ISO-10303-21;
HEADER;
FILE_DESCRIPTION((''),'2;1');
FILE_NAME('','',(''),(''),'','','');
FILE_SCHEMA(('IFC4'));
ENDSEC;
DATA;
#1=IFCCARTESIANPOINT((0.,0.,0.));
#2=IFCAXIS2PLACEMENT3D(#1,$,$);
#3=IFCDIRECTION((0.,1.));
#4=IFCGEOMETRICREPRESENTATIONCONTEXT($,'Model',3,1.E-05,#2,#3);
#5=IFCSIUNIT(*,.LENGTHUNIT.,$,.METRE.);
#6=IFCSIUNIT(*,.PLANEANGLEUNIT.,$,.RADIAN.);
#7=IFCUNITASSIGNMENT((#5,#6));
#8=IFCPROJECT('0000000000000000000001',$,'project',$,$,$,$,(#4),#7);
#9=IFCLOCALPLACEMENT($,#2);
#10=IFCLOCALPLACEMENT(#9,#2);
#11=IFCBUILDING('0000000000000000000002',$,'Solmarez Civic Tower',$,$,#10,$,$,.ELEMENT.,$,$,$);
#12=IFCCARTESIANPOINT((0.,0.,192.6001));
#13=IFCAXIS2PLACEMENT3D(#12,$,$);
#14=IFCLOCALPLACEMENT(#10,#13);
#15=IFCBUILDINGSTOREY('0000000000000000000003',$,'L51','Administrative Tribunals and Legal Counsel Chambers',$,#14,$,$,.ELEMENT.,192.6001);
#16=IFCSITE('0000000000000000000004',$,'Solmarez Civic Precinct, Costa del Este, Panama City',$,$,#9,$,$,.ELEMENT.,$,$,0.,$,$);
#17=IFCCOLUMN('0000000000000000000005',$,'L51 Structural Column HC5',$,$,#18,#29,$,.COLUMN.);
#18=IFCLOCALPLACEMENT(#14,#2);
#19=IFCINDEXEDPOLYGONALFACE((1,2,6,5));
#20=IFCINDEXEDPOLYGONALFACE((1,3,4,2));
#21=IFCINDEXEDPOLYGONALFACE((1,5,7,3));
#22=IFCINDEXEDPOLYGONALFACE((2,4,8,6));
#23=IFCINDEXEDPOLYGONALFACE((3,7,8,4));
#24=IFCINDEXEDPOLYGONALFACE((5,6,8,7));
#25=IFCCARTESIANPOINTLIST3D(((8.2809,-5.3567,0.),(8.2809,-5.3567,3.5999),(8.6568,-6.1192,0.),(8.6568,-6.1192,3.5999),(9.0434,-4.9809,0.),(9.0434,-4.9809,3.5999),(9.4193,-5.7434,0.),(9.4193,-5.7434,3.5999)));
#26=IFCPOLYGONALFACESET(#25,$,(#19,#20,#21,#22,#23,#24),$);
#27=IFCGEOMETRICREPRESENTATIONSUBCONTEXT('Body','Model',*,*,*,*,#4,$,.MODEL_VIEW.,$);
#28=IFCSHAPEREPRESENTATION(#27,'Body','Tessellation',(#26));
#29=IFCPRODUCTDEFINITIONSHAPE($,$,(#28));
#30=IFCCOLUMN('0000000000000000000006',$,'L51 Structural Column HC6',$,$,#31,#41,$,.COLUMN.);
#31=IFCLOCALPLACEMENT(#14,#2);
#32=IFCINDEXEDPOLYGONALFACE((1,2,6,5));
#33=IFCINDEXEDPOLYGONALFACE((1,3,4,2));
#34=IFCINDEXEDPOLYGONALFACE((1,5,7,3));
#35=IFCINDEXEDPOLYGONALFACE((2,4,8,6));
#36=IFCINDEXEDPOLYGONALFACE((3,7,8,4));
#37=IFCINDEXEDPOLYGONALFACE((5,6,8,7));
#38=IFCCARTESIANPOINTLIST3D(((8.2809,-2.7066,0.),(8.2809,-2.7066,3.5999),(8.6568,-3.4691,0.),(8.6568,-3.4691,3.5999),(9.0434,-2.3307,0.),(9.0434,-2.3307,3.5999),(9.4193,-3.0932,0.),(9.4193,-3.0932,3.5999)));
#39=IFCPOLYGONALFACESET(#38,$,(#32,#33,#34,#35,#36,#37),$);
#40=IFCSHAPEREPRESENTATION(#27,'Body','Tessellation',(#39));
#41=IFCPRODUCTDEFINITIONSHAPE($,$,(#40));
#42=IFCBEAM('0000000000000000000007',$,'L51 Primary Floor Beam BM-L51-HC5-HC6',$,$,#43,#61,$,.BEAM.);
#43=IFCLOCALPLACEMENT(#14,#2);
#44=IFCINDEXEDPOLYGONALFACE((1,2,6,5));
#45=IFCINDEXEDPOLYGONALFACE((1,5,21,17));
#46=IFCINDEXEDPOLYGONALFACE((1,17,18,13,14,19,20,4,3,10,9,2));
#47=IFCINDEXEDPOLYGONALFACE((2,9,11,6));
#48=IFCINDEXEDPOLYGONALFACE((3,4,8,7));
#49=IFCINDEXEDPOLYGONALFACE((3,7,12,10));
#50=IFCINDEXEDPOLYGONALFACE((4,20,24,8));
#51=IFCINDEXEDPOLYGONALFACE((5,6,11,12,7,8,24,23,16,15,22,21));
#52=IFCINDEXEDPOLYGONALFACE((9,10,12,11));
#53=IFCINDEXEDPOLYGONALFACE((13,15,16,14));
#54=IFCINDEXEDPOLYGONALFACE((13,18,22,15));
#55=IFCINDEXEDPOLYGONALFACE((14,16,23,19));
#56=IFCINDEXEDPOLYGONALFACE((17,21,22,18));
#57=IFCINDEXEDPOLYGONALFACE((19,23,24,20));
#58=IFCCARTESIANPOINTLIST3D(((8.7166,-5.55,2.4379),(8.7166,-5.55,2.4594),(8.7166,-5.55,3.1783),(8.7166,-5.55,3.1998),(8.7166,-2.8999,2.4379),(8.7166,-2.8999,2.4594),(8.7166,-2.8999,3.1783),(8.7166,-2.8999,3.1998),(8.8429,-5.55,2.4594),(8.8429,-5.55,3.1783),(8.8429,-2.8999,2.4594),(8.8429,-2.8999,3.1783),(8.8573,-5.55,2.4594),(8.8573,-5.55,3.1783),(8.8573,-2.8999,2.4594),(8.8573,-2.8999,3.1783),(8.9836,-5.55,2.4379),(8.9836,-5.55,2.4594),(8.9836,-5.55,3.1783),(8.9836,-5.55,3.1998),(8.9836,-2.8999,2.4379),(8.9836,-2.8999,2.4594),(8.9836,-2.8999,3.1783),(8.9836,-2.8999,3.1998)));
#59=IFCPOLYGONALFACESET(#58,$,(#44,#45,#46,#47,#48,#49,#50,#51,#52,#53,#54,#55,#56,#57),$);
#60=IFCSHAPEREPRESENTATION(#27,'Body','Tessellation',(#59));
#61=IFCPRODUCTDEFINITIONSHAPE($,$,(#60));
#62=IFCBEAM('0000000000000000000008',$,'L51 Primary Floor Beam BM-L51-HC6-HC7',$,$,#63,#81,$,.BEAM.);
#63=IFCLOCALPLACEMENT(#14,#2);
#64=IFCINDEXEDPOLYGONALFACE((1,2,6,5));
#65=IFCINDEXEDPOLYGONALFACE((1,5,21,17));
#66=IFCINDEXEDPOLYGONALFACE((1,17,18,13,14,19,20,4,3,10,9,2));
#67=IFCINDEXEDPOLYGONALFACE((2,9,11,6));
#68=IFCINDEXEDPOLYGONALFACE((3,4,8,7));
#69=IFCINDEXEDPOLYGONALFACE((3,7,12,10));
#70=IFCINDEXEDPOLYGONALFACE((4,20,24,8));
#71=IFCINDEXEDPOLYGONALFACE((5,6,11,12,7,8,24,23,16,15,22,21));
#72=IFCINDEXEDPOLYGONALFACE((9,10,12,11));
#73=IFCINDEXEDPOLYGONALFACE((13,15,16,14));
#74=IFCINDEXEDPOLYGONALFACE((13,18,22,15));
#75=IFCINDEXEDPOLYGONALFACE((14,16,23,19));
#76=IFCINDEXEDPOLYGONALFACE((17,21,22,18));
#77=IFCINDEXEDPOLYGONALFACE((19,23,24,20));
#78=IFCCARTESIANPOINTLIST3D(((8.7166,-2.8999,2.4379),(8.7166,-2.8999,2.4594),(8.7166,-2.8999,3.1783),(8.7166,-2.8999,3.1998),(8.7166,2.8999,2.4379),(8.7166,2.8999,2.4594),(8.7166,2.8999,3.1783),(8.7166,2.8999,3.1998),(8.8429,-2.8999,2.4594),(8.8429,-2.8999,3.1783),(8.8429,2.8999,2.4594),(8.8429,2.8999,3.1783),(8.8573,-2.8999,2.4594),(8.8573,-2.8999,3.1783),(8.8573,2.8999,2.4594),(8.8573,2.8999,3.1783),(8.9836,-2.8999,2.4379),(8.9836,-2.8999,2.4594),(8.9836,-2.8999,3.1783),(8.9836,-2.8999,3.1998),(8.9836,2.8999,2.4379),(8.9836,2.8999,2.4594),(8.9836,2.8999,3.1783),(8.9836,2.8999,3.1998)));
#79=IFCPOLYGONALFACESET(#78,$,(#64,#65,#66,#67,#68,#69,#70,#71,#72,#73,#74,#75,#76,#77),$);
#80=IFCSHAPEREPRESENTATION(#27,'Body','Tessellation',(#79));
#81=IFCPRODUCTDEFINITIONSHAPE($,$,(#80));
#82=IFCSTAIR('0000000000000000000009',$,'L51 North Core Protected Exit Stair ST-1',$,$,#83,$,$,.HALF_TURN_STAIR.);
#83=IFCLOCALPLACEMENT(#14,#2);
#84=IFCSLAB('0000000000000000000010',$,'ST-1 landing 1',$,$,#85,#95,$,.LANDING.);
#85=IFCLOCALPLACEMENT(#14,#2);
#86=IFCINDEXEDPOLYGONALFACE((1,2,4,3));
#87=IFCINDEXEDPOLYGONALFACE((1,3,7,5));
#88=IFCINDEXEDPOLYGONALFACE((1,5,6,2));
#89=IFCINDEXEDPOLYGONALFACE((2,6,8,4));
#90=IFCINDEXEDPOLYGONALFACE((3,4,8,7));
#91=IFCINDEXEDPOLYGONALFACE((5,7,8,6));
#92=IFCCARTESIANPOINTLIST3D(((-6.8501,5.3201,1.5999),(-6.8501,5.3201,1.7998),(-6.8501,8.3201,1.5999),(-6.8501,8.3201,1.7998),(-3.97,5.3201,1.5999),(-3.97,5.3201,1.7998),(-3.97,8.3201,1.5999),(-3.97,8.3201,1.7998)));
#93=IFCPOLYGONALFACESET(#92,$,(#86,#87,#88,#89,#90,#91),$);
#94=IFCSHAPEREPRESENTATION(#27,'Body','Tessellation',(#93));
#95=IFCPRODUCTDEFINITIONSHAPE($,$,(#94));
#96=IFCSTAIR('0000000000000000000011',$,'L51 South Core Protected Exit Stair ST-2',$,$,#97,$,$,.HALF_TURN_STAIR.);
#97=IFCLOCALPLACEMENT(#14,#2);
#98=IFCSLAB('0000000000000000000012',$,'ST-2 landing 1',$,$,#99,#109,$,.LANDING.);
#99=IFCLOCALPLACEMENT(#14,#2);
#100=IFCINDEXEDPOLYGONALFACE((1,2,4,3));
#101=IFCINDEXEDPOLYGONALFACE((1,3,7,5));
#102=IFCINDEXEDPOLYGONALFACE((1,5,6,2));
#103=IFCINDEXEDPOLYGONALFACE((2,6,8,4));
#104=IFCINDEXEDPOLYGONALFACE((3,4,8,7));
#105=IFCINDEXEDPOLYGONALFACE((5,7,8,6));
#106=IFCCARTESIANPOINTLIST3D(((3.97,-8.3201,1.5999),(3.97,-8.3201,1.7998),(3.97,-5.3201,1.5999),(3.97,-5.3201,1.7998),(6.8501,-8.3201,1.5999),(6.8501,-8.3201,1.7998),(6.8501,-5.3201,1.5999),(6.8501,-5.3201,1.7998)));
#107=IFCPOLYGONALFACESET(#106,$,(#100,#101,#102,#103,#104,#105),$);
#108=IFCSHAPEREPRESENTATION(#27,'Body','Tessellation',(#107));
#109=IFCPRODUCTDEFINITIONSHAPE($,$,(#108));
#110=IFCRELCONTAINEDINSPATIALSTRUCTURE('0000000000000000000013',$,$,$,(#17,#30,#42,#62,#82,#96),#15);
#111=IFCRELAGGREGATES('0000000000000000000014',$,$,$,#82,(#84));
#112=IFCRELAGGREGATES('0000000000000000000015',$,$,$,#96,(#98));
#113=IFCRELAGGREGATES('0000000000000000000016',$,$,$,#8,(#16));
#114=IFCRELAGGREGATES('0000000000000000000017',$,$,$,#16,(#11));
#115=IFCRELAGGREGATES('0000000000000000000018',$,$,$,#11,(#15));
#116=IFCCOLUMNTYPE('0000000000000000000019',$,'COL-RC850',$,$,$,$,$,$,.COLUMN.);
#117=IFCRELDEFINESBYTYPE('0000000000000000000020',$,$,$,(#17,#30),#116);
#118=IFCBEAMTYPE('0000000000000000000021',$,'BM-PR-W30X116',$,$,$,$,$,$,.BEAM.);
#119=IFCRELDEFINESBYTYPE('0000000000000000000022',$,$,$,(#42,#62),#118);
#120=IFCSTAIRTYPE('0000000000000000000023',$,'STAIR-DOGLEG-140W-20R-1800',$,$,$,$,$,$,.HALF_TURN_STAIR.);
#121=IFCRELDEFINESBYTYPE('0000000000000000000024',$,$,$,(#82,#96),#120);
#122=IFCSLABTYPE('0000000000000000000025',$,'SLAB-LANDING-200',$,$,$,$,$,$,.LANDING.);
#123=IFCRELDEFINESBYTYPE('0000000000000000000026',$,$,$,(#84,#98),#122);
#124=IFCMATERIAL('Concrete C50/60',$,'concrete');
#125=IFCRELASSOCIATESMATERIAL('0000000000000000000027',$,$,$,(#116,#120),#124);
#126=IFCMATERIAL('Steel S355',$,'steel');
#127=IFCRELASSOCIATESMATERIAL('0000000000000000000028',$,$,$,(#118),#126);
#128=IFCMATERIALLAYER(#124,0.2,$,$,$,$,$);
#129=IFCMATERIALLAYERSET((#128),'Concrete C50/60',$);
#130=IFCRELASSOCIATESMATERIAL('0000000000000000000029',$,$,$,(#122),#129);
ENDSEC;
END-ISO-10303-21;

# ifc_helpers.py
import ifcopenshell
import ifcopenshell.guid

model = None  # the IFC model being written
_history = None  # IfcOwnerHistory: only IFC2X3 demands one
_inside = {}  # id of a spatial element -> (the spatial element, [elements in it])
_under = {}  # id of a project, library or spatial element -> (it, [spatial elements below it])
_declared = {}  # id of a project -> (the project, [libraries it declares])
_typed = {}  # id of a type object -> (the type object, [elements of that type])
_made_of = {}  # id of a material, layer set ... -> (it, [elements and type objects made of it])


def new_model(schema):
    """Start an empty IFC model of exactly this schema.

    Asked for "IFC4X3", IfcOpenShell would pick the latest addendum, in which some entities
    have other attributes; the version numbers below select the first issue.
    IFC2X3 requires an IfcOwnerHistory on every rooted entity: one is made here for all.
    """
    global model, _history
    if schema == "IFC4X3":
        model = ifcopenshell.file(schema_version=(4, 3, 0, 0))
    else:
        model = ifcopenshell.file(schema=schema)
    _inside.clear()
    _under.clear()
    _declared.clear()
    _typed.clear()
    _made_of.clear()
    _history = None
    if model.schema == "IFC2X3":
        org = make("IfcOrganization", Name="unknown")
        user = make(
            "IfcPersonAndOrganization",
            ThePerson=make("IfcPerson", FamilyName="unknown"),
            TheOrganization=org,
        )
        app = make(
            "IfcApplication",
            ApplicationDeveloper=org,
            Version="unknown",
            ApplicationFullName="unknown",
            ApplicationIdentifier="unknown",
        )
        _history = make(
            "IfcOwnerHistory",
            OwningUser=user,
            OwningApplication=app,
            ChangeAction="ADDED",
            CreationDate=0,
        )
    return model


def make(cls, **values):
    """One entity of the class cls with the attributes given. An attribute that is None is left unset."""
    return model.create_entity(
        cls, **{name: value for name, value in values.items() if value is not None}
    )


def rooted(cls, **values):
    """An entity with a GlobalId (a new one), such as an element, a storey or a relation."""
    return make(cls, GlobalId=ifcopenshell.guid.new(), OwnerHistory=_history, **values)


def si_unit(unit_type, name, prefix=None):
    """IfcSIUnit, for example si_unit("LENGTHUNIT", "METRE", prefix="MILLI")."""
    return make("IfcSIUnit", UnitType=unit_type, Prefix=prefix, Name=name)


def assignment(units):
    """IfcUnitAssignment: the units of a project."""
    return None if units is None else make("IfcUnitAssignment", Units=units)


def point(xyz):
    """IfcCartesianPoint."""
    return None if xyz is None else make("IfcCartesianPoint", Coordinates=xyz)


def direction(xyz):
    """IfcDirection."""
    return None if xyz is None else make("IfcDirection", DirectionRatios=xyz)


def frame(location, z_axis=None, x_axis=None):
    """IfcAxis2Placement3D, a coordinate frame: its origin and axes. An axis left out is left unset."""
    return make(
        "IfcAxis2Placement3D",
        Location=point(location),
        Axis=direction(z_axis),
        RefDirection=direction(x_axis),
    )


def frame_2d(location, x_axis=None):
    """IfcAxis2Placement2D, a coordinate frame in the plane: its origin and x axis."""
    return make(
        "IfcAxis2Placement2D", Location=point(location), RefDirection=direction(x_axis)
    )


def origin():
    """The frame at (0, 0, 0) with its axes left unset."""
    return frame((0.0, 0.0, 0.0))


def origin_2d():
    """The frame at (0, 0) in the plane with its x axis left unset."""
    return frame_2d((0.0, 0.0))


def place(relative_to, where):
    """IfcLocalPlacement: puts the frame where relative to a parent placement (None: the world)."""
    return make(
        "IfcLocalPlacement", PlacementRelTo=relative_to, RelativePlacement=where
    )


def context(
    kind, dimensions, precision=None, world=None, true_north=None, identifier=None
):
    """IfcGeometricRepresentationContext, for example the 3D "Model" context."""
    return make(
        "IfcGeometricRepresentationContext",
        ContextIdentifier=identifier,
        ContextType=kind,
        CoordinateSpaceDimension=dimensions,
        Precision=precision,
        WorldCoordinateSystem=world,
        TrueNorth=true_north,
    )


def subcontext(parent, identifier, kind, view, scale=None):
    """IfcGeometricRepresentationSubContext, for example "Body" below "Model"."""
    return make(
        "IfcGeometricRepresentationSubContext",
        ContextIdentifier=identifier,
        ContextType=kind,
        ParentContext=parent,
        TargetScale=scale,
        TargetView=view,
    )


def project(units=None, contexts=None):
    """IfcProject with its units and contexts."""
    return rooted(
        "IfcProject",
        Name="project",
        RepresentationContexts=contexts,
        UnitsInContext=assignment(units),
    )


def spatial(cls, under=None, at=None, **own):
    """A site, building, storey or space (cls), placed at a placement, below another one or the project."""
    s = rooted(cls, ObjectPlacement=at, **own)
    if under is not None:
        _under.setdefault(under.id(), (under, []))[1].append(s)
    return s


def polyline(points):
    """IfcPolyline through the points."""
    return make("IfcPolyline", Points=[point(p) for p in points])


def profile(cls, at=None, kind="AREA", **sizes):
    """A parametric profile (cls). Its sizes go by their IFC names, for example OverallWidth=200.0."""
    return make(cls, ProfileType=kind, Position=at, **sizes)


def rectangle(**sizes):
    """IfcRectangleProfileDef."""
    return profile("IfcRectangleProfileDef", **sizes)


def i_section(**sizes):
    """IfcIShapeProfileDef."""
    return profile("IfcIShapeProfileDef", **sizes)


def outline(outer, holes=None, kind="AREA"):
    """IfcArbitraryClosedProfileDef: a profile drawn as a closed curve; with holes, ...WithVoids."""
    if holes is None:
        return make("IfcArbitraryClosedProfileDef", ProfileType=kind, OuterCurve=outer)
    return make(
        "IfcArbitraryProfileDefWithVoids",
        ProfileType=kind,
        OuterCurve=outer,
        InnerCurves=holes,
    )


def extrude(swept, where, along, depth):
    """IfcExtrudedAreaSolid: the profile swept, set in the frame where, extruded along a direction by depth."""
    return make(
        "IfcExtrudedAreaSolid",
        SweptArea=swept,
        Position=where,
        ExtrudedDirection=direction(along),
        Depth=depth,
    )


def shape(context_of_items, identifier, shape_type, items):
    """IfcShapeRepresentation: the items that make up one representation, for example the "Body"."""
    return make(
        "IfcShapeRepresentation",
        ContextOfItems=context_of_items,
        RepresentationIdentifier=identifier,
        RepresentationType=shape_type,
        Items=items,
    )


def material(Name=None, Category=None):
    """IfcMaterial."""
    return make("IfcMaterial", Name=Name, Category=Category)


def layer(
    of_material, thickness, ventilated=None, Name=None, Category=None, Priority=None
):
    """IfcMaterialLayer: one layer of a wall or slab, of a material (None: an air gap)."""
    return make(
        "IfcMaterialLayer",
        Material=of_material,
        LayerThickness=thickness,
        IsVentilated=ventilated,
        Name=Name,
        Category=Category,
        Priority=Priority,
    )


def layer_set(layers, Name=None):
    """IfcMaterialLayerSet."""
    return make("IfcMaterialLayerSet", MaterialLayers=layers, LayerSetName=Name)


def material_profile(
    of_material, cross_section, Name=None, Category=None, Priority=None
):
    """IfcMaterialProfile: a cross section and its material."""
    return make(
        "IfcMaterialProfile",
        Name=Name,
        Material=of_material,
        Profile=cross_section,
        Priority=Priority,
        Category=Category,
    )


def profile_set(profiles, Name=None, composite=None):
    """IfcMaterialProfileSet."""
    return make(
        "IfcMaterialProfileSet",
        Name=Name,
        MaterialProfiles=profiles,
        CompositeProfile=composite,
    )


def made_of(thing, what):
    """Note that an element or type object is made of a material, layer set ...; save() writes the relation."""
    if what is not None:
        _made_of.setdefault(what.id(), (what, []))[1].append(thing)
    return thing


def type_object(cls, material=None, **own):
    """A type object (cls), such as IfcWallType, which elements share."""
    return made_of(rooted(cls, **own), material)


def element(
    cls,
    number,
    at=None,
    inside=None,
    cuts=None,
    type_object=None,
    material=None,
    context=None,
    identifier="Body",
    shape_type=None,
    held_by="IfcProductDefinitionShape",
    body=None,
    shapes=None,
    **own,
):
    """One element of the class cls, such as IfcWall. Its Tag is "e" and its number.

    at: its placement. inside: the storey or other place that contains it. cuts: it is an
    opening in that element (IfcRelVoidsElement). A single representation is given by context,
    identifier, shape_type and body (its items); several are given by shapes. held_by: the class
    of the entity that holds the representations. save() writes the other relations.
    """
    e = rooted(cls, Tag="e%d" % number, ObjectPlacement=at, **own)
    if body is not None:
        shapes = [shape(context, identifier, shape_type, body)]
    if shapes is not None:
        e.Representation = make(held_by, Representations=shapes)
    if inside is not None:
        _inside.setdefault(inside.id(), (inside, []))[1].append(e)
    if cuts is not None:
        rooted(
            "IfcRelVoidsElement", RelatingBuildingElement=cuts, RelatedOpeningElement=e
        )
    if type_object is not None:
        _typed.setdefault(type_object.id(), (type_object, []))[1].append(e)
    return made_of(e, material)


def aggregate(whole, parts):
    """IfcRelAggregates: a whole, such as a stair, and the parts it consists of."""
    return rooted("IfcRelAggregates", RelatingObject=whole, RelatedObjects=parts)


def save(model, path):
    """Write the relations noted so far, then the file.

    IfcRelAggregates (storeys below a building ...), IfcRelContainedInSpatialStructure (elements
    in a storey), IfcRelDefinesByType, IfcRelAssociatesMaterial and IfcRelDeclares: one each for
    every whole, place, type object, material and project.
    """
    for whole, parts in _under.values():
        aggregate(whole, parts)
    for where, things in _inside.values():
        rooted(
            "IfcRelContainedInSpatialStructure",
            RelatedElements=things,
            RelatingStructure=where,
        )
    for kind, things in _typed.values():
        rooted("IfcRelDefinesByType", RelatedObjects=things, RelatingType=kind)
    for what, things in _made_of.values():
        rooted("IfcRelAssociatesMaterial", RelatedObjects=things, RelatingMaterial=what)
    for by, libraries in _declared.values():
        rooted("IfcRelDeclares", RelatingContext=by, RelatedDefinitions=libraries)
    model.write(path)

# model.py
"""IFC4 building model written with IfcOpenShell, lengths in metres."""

from ifc_helpers import new_model, si_unit, direction, frame, origin, origin_2d, place, context, subcontext, project, spatial, polyline, rectangle, i_section, outline, extrude, material, layer, layer_set, material_profile, profile_set, type_object, element, aggregate, save


model = new_model("IFC4")

# Units and contexts
model_context = context("Model", 3, precision=1e-05, world=origin(), true_north=direction((0.0, 1.0)))
body_context = subcontext(model_context, "Body", "Model", "MODEL_VIEW")
ifc_project = project(units=[si_unit("LENGTHUNIT", "METRE"), si_unit("PLANEANGLEUNIT", "RADIAN")], contexts=[model_context])

# Site, building, storey
site_placement = place(None, origin())
site = spatial("IfcSite", under=ifc_project, at=site_placement, Name="Solmarez Civic Precinct, Costa del Este, Panama City", CompositionType="ELEMENT", RefElevation=0.0)
building_placement = place(site_placement, origin())
building = spatial("IfcBuilding", under=site, at=building_placement, Name="Solmarez Civic Tower", CompositionType="ELEMENT")
storey_placement = place(building_placement, frame((0.0, 0.0, 192.6001)))
storey = spatial("IfcBuildingStorey", under=building, at=storey_placement, Name="L51", Description="Administrative Tribunals and Legal Counsel Chambers", CompositionType="ELEMENT", Elevation=192.6001)

# Columns
ifc_material_1 = material(Name="Concrete C50/60", Category="concrete")
ifc_material_profile_1 = material_profile(ifc_material_1, rectangle(XDim=0.8501, YDim=0.8501, at=origin_2d()), Name="RC850X850")
ifc_profile_set_1 = profile_set([ifc_material_profile_1], Name="Concrete C50/60")
column_type = type_object("IfcColumnType", Name="COL-RC850", PredefinedType="COLUMN", material=ifc_profile_set_1)
for number, where, z_axis, x_axis, name in (
    (1, (8.8501, -5.55, 0.0), (0.0, 0.0, 1.0), (0.89695, 0.442132, 0.0), "L51 Structural Column HC5"),
    (2, (8.8501, -2.8999, 0.0), (0.0, 0.0, 1.0), (0.89695, 0.442132, 0.0), "L51 Structural Column HC6"),
):
    element("IfcColumn", number, at=place(storey_placement, frame(where, z_axis=z_axis, x_axis=x_axis)), inside=storey, type_object=column_type, Name=name, PredefinedType="COLUMN", context=body_context, shape_type="SweptSolid", body=[
        extrude(rectangle(XDim=0.8501, YDim=0.8501, at=origin_2d()), origin(), (0.0, 0.0, 1.0), 3.5999),
    ])

# Beams
ifc_material_2 = material(Name="Steel S355", Category="steel")
ifc_material_profile_2 = material_profile(ifc_material_2, i_section(OverallWidth=0.2671, OverallDepth=0.762, WebThickness=0.0144, FlangeThickness=0.0215, at=origin_2d()), Name="W30X116")
ifc_profile_set_2 = profile_set([ifc_material_profile_2], Name="Steel S355")
beam_type = type_object("IfcBeamType", Name="BM-PR-W30X116", PredefinedType="BEAM", material=ifc_profile_set_2)
beam_1_placement = place(storey_placement, frame((8.8501, -5.55, 2.8188), z_axis=(0.0, 1.0, 0.0), x_axis=(-1.0, 0.0, 0.0)))
element("IfcBeam", 3, at=beam_1_placement, inside=storey, type_object=beam_type, Name="L51 Primary Floor Beam BM-L51-HC5-HC6", PredefinedType="BEAM", context=body_context, shape_type="SweptSolid", body=[
    extrude(i_section(OverallWidth=0.2671, OverallDepth=0.762, WebThickness=0.0144, FlangeThickness=0.0215, at=origin_2d()), origin(), (0.0, 0.0, 1.0), 2.6501),
])
beam_2_placement = place(storey_placement, frame((8.8501, -2.8999, 2.8188), z_axis=(0.0, 1.0, 0.0), x_axis=(-1.0, 0.0, 0.0)))
element("IfcBeam", 4, at=beam_2_placement, inside=storey, type_object=beam_type, Name="L51 Primary Floor Beam BM-L51-HC6-HC7", PredefinedType="BEAM", context=body_context, shape_type="SweptSolid", body=[
    extrude(i_section(OverallWidth=0.2671, OverallDepth=0.762, WebThickness=0.0144, FlangeThickness=0.0215, at=origin_2d()), origin(), (0.0, 0.0, 1.0), 5.7998),
])

# Stairs, slabs
stair_type = type_object("IfcStairType", Name="STAIR-DOGLEG-140W-20R-1800", PredefinedType="HALF_TURN_STAIR", material=ifc_material_1)
stair_1_placement = place(storey_placement, origin())
stair_1 = element("IfcStair", 5, at=stair_1_placement, inside=storey, type_object=stair_type, Name="L51 North Core Protected Exit Stair ST-1", PredefinedType="HALF_TURN_STAIR")
ifc_layer_1 = layer(ifc_material_1, 0.2)
ifc_layer_set_1 = layer_set([ifc_layer_1], Name="Concrete C50/60")
slab_type_1 = type_object("IfcSlabType", Name="SLAB-LANDING-200", PredefinedType="LANDING", material=ifc_layer_set_1)
slab_1_placement = place(storey_placement, frame((0.0, 0.0, 1.5999)))
slab_1 = element("IfcSlab", 6, at=slab_1_placement, type_object=slab_type_1, Name="ST-1 landing 1", PredefinedType="LANDING", context=body_context, shape_type="SweptSolid", body=[
    extrude(outline(polyline([(-3.97, 8.3201), (-6.8501, 8.3201), (-6.8501, 5.3201), (-3.97, 5.3201), (-3.97, 8.3201)])), origin(), (0.0, 0.0, 1.0), 0.2),
])
aggregate(stair_1, [slab_1])
stair_2_placement = place(storey_placement, origin())
stair_2 = element("IfcStair", 7, at=stair_2_placement, inside=storey, type_object=stair_type, Name="L51 South Core Protected Exit Stair ST-2", PredefinedType="HALF_TURN_STAIR")
slab_2_placement = place(storey_placement, frame((0.0, 0.0, 1.5999)))
slab_2 = element("IfcSlab", 8, at=slab_2_placement, type_object=slab_type_1, Name="ST-2 landing 1", PredefinedType="LANDING", context=body_context, shape_type="SweptSolid", body=[
    extrude(outline(polyline([(3.97, -8.3201), (6.8501, -8.3201), (6.8501, -5.3201), (3.97, -5.3201), (3.97, -8.3201)])), origin(), (0.0, 0.0, 1.0), 0.2),
])

aggregate(stair_2, [slab_2])

save(model, "model.ifc")
